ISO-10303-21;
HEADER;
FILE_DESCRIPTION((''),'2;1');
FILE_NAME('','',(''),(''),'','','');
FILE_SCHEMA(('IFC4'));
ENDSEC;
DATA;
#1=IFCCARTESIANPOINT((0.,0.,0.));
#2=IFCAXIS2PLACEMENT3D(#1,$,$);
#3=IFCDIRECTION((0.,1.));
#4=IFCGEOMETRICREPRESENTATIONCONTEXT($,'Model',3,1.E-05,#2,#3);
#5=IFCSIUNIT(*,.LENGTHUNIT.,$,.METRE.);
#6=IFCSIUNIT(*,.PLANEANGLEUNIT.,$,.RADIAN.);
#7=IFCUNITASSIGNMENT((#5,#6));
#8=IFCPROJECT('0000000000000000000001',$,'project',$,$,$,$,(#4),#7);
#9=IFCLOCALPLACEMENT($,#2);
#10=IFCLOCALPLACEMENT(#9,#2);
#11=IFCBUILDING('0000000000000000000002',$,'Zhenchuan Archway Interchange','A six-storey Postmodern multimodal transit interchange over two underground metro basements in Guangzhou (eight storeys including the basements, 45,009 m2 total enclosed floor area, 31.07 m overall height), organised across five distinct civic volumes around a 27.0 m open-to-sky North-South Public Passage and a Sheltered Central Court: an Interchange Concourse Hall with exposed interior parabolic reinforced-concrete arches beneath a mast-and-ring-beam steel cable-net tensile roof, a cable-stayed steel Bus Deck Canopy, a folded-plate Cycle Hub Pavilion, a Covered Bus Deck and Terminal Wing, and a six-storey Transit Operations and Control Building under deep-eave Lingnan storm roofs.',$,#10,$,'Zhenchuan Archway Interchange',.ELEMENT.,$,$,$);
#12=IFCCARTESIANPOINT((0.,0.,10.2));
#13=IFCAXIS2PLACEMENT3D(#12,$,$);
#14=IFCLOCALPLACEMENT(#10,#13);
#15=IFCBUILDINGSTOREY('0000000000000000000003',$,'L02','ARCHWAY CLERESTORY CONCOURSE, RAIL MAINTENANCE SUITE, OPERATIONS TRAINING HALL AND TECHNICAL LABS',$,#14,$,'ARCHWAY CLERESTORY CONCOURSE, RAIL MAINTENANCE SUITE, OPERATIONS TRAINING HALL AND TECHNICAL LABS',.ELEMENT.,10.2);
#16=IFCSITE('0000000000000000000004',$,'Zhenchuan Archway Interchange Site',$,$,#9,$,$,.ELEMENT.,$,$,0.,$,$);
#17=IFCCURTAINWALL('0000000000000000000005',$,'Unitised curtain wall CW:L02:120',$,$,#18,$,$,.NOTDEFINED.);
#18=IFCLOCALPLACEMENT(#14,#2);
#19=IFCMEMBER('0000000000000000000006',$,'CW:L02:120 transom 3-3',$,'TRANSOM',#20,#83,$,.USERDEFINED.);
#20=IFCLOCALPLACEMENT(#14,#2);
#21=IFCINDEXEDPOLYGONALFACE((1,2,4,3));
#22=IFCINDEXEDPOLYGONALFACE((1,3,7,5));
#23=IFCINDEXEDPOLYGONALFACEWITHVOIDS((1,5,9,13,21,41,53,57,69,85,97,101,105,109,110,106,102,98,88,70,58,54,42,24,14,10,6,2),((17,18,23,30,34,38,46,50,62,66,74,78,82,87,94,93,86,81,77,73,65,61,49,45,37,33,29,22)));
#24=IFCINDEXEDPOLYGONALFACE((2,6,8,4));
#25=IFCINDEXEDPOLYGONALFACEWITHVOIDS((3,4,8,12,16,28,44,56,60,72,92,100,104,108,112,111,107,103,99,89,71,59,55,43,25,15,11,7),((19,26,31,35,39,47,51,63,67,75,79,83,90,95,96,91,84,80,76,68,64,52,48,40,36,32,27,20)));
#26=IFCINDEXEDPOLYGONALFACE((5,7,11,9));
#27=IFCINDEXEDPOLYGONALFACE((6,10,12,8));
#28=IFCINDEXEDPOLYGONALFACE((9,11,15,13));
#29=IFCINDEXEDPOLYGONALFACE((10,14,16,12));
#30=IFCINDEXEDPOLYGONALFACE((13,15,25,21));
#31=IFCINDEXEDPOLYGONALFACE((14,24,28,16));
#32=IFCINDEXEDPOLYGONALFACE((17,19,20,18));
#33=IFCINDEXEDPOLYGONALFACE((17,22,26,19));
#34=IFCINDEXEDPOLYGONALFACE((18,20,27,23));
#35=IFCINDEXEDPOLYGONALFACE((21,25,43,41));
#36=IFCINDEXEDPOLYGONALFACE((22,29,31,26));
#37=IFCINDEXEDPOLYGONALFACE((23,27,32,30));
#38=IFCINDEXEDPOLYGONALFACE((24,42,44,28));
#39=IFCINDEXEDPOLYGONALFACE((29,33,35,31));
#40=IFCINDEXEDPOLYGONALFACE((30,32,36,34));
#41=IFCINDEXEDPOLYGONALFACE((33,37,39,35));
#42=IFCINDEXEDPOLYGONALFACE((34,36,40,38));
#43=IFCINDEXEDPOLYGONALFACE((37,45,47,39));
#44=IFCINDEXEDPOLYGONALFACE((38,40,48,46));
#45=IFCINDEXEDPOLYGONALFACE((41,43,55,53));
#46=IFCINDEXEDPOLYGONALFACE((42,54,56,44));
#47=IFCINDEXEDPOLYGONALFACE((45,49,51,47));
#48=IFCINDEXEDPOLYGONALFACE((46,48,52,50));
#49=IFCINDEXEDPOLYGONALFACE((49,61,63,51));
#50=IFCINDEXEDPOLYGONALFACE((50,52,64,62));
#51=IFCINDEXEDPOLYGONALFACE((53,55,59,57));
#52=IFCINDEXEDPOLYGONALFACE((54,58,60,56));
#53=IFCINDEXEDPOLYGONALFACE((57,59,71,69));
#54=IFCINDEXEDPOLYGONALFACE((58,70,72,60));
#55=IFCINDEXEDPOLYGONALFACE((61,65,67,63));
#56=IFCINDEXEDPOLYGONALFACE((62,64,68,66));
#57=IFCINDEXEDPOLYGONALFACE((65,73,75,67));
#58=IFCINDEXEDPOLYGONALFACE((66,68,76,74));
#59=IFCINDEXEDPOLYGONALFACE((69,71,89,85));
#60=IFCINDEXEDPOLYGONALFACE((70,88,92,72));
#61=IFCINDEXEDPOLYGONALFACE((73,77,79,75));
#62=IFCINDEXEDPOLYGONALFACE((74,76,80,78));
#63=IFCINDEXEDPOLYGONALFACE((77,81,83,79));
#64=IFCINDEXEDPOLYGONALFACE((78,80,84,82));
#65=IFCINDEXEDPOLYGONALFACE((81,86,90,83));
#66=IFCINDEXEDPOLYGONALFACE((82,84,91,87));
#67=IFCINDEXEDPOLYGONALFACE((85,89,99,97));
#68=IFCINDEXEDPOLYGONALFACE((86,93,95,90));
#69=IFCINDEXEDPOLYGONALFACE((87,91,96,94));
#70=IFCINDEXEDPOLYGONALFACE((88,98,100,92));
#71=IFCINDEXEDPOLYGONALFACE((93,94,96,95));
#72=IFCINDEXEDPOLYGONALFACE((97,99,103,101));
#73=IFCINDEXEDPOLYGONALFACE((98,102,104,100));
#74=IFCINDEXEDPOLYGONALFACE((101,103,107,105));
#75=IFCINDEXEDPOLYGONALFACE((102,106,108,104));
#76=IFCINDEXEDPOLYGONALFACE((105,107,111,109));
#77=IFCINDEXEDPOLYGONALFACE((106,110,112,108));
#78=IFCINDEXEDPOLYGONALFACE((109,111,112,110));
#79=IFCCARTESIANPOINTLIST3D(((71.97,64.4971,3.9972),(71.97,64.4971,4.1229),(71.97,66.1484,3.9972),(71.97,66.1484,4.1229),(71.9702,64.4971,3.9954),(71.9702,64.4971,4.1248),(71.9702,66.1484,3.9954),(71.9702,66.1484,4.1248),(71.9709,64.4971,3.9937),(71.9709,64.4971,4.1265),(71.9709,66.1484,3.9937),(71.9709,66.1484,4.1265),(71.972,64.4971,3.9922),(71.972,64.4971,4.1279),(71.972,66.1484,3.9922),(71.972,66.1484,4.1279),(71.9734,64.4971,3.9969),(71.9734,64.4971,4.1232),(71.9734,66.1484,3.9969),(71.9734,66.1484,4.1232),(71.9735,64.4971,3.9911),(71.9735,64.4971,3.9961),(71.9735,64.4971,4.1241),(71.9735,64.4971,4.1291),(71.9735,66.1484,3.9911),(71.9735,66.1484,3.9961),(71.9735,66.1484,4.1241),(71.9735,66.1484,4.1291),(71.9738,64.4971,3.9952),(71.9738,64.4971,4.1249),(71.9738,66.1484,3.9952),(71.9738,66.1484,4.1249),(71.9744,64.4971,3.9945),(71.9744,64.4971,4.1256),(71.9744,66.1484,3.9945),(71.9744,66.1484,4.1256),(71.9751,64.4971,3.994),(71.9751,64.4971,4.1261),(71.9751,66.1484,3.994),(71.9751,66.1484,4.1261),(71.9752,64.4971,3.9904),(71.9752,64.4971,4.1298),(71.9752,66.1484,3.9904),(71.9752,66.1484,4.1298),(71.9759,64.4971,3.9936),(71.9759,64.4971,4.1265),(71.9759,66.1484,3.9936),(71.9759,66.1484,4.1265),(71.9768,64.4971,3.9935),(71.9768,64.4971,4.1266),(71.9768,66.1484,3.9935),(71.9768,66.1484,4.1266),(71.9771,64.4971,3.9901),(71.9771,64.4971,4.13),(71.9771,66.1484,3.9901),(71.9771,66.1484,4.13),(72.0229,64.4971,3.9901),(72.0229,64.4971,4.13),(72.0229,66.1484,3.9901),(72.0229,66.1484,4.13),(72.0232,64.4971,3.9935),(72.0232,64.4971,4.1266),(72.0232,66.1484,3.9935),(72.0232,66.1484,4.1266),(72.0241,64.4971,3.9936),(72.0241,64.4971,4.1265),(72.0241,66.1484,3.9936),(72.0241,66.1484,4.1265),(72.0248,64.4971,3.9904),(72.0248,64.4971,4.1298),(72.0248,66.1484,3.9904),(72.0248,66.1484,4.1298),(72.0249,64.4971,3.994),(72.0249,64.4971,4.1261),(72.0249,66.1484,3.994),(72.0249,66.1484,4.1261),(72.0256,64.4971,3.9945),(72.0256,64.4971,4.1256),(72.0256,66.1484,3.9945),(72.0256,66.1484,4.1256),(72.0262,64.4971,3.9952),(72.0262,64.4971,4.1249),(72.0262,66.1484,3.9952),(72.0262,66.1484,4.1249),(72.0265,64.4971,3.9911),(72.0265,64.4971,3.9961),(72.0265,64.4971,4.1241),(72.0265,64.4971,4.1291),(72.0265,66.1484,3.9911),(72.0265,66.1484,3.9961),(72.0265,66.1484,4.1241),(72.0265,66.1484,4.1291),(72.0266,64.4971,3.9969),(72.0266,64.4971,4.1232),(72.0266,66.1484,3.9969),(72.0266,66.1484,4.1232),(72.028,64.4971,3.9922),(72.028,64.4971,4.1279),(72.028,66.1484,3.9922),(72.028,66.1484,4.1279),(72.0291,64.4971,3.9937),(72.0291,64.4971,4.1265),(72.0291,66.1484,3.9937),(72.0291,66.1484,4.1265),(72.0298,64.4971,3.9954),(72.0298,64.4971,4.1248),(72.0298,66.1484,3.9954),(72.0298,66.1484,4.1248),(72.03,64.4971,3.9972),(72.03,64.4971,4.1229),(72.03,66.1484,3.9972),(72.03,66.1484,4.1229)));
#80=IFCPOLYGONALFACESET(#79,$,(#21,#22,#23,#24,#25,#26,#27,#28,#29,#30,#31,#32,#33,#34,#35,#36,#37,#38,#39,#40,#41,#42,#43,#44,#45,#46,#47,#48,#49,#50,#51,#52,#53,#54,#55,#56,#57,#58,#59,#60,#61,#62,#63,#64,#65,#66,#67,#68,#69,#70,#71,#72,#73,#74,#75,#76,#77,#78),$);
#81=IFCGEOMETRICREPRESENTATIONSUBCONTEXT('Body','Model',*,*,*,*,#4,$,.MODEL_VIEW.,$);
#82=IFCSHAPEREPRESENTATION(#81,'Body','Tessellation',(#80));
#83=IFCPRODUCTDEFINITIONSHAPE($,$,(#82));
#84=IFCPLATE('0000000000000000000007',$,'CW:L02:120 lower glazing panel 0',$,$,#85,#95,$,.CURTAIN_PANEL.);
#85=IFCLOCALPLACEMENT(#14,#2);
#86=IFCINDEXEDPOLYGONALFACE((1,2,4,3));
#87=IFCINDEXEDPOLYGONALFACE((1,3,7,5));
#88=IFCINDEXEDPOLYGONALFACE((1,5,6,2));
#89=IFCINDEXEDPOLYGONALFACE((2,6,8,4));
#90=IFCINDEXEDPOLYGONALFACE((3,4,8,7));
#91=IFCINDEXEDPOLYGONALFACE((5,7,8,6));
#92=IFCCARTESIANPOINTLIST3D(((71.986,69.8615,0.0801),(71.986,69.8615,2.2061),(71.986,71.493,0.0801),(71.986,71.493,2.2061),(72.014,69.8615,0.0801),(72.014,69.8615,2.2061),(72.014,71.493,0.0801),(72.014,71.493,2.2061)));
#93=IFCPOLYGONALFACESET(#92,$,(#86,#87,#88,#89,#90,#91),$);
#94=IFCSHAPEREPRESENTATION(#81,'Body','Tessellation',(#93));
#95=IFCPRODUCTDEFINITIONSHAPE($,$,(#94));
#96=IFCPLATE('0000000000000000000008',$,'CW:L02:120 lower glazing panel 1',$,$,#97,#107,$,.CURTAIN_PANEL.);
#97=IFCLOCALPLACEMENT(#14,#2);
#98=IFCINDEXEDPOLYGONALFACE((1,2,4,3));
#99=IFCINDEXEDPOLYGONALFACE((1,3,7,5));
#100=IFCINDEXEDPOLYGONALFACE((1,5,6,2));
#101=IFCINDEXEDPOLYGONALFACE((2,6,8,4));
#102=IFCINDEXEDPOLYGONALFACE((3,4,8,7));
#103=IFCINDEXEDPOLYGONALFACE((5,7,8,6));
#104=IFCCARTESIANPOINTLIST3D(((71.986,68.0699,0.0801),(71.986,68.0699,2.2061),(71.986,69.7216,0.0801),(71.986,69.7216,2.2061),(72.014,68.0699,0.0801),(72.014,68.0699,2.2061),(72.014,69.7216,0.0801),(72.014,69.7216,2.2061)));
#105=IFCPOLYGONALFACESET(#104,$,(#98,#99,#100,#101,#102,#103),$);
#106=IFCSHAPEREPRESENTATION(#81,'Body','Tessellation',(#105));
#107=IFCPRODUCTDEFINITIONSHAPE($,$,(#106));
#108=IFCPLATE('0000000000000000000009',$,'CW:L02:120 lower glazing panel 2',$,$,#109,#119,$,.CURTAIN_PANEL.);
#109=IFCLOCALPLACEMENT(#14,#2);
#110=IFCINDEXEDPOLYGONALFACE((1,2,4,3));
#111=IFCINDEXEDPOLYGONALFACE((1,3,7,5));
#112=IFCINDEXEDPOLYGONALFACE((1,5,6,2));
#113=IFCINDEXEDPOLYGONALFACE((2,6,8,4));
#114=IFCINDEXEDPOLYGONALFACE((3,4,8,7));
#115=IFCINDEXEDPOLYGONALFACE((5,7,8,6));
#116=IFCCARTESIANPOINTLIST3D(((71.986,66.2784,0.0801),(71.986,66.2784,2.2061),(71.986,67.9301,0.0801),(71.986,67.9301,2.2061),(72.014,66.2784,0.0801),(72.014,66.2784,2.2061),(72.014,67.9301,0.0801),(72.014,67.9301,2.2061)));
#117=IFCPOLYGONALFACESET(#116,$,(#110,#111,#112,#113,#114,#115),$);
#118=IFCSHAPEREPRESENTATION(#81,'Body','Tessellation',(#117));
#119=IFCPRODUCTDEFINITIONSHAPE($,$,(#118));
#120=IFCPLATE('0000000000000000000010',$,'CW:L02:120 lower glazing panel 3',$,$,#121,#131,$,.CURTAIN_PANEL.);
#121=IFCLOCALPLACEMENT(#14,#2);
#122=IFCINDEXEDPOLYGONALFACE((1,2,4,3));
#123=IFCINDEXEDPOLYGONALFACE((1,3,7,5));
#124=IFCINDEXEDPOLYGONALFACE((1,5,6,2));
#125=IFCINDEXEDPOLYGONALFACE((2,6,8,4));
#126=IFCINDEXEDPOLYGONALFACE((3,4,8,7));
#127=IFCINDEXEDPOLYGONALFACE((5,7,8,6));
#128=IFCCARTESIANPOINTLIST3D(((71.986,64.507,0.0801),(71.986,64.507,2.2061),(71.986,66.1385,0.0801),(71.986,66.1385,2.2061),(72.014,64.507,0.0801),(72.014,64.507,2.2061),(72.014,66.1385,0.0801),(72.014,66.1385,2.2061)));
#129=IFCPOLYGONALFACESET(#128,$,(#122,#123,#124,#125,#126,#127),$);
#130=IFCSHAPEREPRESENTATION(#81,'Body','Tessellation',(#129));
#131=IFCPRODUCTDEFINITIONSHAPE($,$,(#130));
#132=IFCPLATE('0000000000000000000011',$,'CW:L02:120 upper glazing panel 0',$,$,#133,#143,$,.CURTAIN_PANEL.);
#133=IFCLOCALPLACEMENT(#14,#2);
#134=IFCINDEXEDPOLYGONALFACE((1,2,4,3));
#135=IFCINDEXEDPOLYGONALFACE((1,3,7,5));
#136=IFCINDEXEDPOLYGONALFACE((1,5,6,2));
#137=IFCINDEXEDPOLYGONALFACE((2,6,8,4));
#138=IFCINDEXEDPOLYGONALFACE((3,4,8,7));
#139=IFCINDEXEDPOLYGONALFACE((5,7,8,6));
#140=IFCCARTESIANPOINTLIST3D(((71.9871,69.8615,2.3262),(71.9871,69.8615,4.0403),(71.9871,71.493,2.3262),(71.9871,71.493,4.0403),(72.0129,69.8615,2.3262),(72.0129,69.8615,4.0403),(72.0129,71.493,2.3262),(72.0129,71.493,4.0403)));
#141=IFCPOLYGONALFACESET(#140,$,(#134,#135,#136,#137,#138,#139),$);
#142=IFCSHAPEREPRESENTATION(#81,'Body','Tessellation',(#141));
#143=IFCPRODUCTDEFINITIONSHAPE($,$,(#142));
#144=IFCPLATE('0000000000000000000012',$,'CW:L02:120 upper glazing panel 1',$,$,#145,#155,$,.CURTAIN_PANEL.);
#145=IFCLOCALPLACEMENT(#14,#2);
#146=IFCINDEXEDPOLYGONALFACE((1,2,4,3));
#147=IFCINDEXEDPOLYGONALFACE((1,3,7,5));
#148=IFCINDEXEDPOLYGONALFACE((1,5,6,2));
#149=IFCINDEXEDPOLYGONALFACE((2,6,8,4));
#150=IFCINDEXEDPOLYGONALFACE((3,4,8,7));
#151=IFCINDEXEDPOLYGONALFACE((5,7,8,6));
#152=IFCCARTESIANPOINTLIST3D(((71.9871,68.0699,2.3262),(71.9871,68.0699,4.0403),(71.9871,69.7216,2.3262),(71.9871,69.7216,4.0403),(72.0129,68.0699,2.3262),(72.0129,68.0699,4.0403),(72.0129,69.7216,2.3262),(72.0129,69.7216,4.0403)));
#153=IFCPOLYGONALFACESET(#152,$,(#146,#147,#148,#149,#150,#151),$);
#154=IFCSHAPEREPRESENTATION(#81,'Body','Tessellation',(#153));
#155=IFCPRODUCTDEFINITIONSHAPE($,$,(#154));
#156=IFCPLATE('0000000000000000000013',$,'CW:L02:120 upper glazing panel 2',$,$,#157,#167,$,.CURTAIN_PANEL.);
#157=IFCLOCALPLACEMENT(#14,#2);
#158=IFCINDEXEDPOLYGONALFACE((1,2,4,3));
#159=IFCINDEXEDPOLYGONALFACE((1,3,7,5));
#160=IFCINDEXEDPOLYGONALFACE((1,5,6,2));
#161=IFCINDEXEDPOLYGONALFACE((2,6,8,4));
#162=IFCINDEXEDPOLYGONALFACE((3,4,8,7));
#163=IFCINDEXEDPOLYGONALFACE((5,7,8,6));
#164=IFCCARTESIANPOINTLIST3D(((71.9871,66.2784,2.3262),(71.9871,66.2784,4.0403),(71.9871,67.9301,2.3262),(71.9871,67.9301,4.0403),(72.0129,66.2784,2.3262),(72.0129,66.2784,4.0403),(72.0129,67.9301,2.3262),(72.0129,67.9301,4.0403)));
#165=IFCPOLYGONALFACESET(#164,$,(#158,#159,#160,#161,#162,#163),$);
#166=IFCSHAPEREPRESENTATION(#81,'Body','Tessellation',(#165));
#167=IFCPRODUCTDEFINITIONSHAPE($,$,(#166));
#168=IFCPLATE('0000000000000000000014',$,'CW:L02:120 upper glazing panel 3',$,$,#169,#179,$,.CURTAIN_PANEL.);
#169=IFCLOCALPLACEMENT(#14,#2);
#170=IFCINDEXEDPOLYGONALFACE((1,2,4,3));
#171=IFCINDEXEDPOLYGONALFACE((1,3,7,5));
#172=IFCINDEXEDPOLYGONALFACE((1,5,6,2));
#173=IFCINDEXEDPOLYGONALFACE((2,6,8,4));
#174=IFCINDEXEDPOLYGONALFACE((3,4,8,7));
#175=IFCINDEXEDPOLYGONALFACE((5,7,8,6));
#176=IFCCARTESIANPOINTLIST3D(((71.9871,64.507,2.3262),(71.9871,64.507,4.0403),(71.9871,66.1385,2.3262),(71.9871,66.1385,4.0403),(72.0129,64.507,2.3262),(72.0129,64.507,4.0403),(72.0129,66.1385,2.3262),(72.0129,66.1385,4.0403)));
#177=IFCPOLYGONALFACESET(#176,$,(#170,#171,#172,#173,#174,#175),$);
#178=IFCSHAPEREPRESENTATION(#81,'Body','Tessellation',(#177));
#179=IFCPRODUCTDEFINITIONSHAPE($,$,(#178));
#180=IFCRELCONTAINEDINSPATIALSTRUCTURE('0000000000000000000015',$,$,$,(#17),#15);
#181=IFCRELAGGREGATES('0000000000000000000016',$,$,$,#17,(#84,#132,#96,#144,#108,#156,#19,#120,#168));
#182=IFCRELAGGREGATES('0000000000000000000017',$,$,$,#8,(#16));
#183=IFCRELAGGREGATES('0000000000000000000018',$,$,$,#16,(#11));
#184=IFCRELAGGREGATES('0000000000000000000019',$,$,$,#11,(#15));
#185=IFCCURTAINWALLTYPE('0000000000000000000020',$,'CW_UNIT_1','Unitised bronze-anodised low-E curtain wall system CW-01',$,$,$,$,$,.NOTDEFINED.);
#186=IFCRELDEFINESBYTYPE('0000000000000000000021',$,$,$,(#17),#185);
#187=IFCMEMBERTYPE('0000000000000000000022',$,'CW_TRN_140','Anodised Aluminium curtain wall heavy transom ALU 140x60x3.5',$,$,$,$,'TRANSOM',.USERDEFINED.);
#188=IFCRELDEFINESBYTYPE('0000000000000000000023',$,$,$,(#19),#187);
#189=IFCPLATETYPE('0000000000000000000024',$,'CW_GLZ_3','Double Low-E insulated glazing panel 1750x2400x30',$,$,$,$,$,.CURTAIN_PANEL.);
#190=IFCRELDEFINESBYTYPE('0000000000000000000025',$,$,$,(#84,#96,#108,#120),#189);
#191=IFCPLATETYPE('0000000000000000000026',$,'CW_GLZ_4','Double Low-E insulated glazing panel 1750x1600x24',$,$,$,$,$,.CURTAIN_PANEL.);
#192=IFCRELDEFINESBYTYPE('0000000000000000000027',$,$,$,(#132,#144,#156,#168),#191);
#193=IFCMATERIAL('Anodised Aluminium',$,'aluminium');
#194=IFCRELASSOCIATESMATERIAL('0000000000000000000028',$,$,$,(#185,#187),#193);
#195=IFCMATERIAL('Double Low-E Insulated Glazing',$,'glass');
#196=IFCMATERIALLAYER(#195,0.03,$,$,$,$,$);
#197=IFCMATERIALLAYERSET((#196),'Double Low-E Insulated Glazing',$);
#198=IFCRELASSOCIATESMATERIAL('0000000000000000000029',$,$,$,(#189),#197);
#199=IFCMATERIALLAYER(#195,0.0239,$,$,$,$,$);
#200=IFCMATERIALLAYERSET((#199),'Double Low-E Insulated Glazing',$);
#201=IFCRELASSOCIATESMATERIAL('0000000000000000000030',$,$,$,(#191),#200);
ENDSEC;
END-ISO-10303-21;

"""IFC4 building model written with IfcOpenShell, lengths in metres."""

from ifc_helpers import new_model, si_unit, direction, frame, origin, origin_2d, place, context, subcontext, project, spatial, rectangle, hollow_rectangle, extrude, material, layer, layer_set, material_profile, profile_set, type_object, element, aggregate, save


model = new_model("IFC4")

# Units and contexts
model_context = context("Model", 3, precision=1e-05, world=origin(), true_north=direction((0.0, 1.0)))
body_context = subcontext(model_context, "Body", "Model", "MODEL_VIEW")
ifc_project = project(units=[si_unit("LENGTHUNIT", "METRE"), si_unit("PLANEANGLEUNIT", "RADIAN")], contexts=[model_context])

# Site, building, storey
site_placement = place(None, origin())
site = spatial("IfcSite", under=ifc_project, at=site_placement, Name="Zhenchuan Archway Interchange Site", CompositionType="ELEMENT", RefElevation=0.0)
building_placement = place(site_placement, origin())
building = spatial("IfcBuilding", under=site, at=building_placement, Name="Zhenchuan Archway Interchange", Description="A six-storey Postmodern multimodal transit interchange over two underground metro basements in Guangzhou (eight storeys including the basements, 45,009 m2 total enclosed floor area, 31.07 m overall height), organised across five distinct civic volumes around a 27.0 m open-to-sky North-South Public Passage and a Sheltered Central Court: an Interchange Concourse Hall with exposed interior parabolic reinforced-concrete arches beneath a mast-and-ring-beam steel cable-net tensile roof, a cable-stayed steel Bus Deck Canopy, a folded-plate Cycle Hub Pavilion, a Covered Bus Deck and Terminal Wing, and a six-storey Transit Operations and Control Building under deep-eave Lingnan storm roofs.", LongName="Zhenchuan Archway Interchange", CompositionType="ELEMENT")
storey_placement = place(building_placement, frame((0.0, 0.0, 10.2)))
storey = spatial("IfcBuildingStorey", under=building, at=storey_placement, Name="L02", Description="ARCHWAY CLERESTORY CONCOURSE, RAIL MAINTENANCE SUITE, OPERATIONS TRAINING HALL AND TECHNICAL LABS", LongName="ARCHWAY CLERESTORY CONCOURSE, RAIL MAINTENANCE SUITE, OPERATIONS TRAINING HALL AND TECHNICAL LABS", CompositionType="ELEMENT", Elevation=10.2)

# Curtain wall, member, plates
ifc_material_1 = material(Name="Anodised Aluminium", Category="aluminium")
curtain_wall_type = type_object("IfcCurtainWallType", Name="CW_UNIT_1", Description="Unitised bronze-anodised low-E curtain wall system CW-01", PredefinedType="NOTDEFINED", material=ifc_material_1)
curtain_wall_placement = place(storey_placement, origin())
curtain_wall = element("IfcCurtainWall", 1, at=curtain_wall_placement, inside=storey, type_object=curtain_wall_type, Name="Unitised curtain wall CW:L02:120", PredefinedType="NOTDEFINED")
ifc_material_profile_1 = material_profile(ifc_material_1, hollow_rectangle(XDim=0.0601, YDim=0.1399, WallThickness=0.0034, InnerFilletRadius=0.0034, OuterFilletRadius=0.0071, at=origin_2d()), Name="ALU 140x60x3.5")
ifc_profile_set_1 = profile_set([ifc_material_profile_1], Name="Anodised Aluminium")
member_type_1 = type_object("IfcMemberType", Name="CW_TRN_140", Description="Anodised Aluminium curtain wall heavy transom ALU 140x60x3.5", ElementType="TRANSOM", PredefinedType="USERDEFINED", material=ifc_profile_set_1)
member_1_placement = place(storey_placement, frame((72.0, 66.1484, 4.0601), z_axis=(0.0, -1.0, 0.0), x_axis=(1.0, 0.0, 0.0)))
member_1 = element("IfcMember", 2, at=member_1_placement, type_object=member_type_1, Name="CW:L02:120 transom 3-3", ObjectType="TRANSOM", PredefinedType="USERDEFINED", context=body_context, shape_type="SweptSolid", body=[
    extrude(hollow_rectangle(XDim=0.0601, YDim=0.1399, WallThickness=0.0034, InnerFilletRadius=0.0034, OuterFilletRadius=0.0071, at=origin_2d()), origin(), (0.0, 0.0, 1.0), 1.6514),
])
ifc_material_2 = material(Name="Double Low-E Insulated Glazing", Category="glass")
ifc_layer_1 = layer(ifc_material_2, 0.03)
ifc_layer_set_1 = layer_set([ifc_layer_1], Name="Double Low-E Insulated Glazing")
plate_type_1 = type_object("IfcPlateType", Name="CW_GLZ_3", Description="Double Low-E insulated glazing panel 1750x2400x30", PredefinedType="CURTAIN_PANEL", material=ifc_layer_set_1)
plate_1_placement = place(storey_placement, frame((72.0, 70.6772, 0.0801), z_axis=(0.0, 0.0, 1.0), x_axis=(0.0, -1.0, 0.0)))
plate_1 = element("IfcPlate", 3, at=plate_1_placement, type_object=plate_type_1, Name="CW:L02:120 lower glazing panel 0", PredefinedType="CURTAIN_PANEL", context=body_context, shape_type="SweptSolid", body=[
    extrude(rectangle(XDim=1.6316, YDim=0.0281, at=origin_2d()), origin(), (0.0, 0.0, 1.0), 2.126),
])
plate_2_placement = place(storey_placement, frame((72.0, 68.8958, 0.0801), z_axis=(0.0, 0.0, 1.0), x_axis=(0.0, -1.0, 0.0)))
plate_2 = element("IfcPlate", 4, at=plate_2_placement, type_object=plate_type_1, Name="CW:L02:120 lower glazing panel 1", PredefinedType="CURTAIN_PANEL", context=body_context, shape_type="SweptSolid", body=[
    extrude(rectangle(XDim=1.6516, YDim=0.0281, at=origin_2d()), origin(), (0.0, 0.0, 1.0), 2.126),
])
plate_3_placement = place(storey_placement, frame((72.0, 67.1042, 0.0801), z_axis=(0.0, 0.0, 1.0), x_axis=(0.0, -1.0, 0.0)))
plate_3 = element("IfcPlate", 5, at=plate_3_placement, type_object=plate_type_1, Name="CW:L02:120 lower glazing panel 2", PredefinedType="CURTAIN_PANEL", context=body_context, shape_type="SweptSolid", body=[
    extrude(rectangle(XDim=1.6516, YDim=0.0281, at=origin_2d()), origin(), (0.0, 0.0, 1.0), 2.126),
])
plate_4_placement = place(storey_placement, frame((72.0, 65.3228, 0.0801), z_axis=(0.0, 0.0, 1.0), x_axis=(0.0, -1.0, 0.0)))
plate_4 = element("IfcPlate", 6, at=plate_4_placement, type_object=plate_type_1, Name="CW:L02:120 lower glazing panel 3", PredefinedType="CURTAIN_PANEL", context=body_context, shape_type="SweptSolid", body=[
    extrude(rectangle(XDim=1.6316, YDim=0.0281, at=origin_2d()), origin(), (0.0, 0.0, 1.0), 2.126),
])
ifc_layer_2 = layer(ifc_material_2, 0.0239)
ifc_layer_set_2 = layer_set([ifc_layer_2], Name="Double Low-E Insulated Glazing")
plate_type_2 = type_object("IfcPlateType", Name="CW_GLZ_4", Description="Double Low-E insulated glazing panel 1750x1600x24", PredefinedType="CURTAIN_PANEL", material=ifc_layer_set_2)
plate_5_placement = place(storey_placement, frame((72.0, 70.6772, 2.3262), z_axis=(0.0, 0.0, 1.0), x_axis=(0.0, -1.0, 0.0)))
plate_5 = element("IfcPlate", 7, at=plate_5_placement, type_object=plate_type_2, Name="CW:L02:120 upper glazing panel 0", PredefinedType="CURTAIN_PANEL", context=body_context, shape_type="SweptSolid", body=[
    extrude(rectangle(XDim=1.6316, YDim=0.0259, at=origin_2d()), origin(), (0.0, 0.0, 1.0), 1.7141),
])
plate_6_placement = place(storey_placement, frame((72.0, 68.8958, 2.3262), z_axis=(0.0, 0.0, 1.0), x_axis=(0.0, -1.0, 0.0)))
plate_6 = element("IfcPlate", 8, at=plate_6_placement, type_object=plate_type_2, Name="CW:L02:120 upper glazing panel 1", PredefinedType="CURTAIN_PANEL", context=body_context, shape_type="SweptSolid", body=[
    extrude(rectangle(XDim=1.6516, YDim=0.0259, at=origin_2d()), origin(), (0.0, 0.0, 1.0), 1.7141),
])
plate_7_placement = place(storey_placement, frame((72.0, 67.1042, 2.3262), z_axis=(0.0, 0.0, 1.0), x_axis=(0.0, -1.0, 0.0)))
plate_7 = element("IfcPlate", 9, at=plate_7_placement, type_object=plate_type_2, Name="CW:L02:120 upper glazing panel 2", PredefinedType="CURTAIN_PANEL", context=body_context, shape_type="SweptSolid", body=[
    extrude(rectangle(XDim=1.6516, YDim=0.0259, at=origin_2d()), origin(), (0.0, 0.0, 1.0), 1.7141),
])
plate_8_placement = place(storey_placement, frame((72.0, 65.3228, 2.3262), z_axis=(0.0, 0.0, 1.0), x_axis=(0.0, -1.0, 0.0)))
plate_8 = element("IfcPlate", 10, at=plate_8_placement, type_object=plate_type_2, Name="CW:L02:120 upper glazing panel 3", PredefinedType="CURTAIN_PANEL", context=body_context, shape_type="SweptSolid", body=[
    extrude(rectangle(XDim=1.6316, YDim=0.0259, at=origin_2d()), origin(), (0.0, 0.0, 1.0), 1.7141),
])
aggregate(curtain_wall, [plate_1, plate_5, plate_2, plate_6, plate_3, plate_7, member_1, plate_4, plate_8])

save(model, "model.ifc")
